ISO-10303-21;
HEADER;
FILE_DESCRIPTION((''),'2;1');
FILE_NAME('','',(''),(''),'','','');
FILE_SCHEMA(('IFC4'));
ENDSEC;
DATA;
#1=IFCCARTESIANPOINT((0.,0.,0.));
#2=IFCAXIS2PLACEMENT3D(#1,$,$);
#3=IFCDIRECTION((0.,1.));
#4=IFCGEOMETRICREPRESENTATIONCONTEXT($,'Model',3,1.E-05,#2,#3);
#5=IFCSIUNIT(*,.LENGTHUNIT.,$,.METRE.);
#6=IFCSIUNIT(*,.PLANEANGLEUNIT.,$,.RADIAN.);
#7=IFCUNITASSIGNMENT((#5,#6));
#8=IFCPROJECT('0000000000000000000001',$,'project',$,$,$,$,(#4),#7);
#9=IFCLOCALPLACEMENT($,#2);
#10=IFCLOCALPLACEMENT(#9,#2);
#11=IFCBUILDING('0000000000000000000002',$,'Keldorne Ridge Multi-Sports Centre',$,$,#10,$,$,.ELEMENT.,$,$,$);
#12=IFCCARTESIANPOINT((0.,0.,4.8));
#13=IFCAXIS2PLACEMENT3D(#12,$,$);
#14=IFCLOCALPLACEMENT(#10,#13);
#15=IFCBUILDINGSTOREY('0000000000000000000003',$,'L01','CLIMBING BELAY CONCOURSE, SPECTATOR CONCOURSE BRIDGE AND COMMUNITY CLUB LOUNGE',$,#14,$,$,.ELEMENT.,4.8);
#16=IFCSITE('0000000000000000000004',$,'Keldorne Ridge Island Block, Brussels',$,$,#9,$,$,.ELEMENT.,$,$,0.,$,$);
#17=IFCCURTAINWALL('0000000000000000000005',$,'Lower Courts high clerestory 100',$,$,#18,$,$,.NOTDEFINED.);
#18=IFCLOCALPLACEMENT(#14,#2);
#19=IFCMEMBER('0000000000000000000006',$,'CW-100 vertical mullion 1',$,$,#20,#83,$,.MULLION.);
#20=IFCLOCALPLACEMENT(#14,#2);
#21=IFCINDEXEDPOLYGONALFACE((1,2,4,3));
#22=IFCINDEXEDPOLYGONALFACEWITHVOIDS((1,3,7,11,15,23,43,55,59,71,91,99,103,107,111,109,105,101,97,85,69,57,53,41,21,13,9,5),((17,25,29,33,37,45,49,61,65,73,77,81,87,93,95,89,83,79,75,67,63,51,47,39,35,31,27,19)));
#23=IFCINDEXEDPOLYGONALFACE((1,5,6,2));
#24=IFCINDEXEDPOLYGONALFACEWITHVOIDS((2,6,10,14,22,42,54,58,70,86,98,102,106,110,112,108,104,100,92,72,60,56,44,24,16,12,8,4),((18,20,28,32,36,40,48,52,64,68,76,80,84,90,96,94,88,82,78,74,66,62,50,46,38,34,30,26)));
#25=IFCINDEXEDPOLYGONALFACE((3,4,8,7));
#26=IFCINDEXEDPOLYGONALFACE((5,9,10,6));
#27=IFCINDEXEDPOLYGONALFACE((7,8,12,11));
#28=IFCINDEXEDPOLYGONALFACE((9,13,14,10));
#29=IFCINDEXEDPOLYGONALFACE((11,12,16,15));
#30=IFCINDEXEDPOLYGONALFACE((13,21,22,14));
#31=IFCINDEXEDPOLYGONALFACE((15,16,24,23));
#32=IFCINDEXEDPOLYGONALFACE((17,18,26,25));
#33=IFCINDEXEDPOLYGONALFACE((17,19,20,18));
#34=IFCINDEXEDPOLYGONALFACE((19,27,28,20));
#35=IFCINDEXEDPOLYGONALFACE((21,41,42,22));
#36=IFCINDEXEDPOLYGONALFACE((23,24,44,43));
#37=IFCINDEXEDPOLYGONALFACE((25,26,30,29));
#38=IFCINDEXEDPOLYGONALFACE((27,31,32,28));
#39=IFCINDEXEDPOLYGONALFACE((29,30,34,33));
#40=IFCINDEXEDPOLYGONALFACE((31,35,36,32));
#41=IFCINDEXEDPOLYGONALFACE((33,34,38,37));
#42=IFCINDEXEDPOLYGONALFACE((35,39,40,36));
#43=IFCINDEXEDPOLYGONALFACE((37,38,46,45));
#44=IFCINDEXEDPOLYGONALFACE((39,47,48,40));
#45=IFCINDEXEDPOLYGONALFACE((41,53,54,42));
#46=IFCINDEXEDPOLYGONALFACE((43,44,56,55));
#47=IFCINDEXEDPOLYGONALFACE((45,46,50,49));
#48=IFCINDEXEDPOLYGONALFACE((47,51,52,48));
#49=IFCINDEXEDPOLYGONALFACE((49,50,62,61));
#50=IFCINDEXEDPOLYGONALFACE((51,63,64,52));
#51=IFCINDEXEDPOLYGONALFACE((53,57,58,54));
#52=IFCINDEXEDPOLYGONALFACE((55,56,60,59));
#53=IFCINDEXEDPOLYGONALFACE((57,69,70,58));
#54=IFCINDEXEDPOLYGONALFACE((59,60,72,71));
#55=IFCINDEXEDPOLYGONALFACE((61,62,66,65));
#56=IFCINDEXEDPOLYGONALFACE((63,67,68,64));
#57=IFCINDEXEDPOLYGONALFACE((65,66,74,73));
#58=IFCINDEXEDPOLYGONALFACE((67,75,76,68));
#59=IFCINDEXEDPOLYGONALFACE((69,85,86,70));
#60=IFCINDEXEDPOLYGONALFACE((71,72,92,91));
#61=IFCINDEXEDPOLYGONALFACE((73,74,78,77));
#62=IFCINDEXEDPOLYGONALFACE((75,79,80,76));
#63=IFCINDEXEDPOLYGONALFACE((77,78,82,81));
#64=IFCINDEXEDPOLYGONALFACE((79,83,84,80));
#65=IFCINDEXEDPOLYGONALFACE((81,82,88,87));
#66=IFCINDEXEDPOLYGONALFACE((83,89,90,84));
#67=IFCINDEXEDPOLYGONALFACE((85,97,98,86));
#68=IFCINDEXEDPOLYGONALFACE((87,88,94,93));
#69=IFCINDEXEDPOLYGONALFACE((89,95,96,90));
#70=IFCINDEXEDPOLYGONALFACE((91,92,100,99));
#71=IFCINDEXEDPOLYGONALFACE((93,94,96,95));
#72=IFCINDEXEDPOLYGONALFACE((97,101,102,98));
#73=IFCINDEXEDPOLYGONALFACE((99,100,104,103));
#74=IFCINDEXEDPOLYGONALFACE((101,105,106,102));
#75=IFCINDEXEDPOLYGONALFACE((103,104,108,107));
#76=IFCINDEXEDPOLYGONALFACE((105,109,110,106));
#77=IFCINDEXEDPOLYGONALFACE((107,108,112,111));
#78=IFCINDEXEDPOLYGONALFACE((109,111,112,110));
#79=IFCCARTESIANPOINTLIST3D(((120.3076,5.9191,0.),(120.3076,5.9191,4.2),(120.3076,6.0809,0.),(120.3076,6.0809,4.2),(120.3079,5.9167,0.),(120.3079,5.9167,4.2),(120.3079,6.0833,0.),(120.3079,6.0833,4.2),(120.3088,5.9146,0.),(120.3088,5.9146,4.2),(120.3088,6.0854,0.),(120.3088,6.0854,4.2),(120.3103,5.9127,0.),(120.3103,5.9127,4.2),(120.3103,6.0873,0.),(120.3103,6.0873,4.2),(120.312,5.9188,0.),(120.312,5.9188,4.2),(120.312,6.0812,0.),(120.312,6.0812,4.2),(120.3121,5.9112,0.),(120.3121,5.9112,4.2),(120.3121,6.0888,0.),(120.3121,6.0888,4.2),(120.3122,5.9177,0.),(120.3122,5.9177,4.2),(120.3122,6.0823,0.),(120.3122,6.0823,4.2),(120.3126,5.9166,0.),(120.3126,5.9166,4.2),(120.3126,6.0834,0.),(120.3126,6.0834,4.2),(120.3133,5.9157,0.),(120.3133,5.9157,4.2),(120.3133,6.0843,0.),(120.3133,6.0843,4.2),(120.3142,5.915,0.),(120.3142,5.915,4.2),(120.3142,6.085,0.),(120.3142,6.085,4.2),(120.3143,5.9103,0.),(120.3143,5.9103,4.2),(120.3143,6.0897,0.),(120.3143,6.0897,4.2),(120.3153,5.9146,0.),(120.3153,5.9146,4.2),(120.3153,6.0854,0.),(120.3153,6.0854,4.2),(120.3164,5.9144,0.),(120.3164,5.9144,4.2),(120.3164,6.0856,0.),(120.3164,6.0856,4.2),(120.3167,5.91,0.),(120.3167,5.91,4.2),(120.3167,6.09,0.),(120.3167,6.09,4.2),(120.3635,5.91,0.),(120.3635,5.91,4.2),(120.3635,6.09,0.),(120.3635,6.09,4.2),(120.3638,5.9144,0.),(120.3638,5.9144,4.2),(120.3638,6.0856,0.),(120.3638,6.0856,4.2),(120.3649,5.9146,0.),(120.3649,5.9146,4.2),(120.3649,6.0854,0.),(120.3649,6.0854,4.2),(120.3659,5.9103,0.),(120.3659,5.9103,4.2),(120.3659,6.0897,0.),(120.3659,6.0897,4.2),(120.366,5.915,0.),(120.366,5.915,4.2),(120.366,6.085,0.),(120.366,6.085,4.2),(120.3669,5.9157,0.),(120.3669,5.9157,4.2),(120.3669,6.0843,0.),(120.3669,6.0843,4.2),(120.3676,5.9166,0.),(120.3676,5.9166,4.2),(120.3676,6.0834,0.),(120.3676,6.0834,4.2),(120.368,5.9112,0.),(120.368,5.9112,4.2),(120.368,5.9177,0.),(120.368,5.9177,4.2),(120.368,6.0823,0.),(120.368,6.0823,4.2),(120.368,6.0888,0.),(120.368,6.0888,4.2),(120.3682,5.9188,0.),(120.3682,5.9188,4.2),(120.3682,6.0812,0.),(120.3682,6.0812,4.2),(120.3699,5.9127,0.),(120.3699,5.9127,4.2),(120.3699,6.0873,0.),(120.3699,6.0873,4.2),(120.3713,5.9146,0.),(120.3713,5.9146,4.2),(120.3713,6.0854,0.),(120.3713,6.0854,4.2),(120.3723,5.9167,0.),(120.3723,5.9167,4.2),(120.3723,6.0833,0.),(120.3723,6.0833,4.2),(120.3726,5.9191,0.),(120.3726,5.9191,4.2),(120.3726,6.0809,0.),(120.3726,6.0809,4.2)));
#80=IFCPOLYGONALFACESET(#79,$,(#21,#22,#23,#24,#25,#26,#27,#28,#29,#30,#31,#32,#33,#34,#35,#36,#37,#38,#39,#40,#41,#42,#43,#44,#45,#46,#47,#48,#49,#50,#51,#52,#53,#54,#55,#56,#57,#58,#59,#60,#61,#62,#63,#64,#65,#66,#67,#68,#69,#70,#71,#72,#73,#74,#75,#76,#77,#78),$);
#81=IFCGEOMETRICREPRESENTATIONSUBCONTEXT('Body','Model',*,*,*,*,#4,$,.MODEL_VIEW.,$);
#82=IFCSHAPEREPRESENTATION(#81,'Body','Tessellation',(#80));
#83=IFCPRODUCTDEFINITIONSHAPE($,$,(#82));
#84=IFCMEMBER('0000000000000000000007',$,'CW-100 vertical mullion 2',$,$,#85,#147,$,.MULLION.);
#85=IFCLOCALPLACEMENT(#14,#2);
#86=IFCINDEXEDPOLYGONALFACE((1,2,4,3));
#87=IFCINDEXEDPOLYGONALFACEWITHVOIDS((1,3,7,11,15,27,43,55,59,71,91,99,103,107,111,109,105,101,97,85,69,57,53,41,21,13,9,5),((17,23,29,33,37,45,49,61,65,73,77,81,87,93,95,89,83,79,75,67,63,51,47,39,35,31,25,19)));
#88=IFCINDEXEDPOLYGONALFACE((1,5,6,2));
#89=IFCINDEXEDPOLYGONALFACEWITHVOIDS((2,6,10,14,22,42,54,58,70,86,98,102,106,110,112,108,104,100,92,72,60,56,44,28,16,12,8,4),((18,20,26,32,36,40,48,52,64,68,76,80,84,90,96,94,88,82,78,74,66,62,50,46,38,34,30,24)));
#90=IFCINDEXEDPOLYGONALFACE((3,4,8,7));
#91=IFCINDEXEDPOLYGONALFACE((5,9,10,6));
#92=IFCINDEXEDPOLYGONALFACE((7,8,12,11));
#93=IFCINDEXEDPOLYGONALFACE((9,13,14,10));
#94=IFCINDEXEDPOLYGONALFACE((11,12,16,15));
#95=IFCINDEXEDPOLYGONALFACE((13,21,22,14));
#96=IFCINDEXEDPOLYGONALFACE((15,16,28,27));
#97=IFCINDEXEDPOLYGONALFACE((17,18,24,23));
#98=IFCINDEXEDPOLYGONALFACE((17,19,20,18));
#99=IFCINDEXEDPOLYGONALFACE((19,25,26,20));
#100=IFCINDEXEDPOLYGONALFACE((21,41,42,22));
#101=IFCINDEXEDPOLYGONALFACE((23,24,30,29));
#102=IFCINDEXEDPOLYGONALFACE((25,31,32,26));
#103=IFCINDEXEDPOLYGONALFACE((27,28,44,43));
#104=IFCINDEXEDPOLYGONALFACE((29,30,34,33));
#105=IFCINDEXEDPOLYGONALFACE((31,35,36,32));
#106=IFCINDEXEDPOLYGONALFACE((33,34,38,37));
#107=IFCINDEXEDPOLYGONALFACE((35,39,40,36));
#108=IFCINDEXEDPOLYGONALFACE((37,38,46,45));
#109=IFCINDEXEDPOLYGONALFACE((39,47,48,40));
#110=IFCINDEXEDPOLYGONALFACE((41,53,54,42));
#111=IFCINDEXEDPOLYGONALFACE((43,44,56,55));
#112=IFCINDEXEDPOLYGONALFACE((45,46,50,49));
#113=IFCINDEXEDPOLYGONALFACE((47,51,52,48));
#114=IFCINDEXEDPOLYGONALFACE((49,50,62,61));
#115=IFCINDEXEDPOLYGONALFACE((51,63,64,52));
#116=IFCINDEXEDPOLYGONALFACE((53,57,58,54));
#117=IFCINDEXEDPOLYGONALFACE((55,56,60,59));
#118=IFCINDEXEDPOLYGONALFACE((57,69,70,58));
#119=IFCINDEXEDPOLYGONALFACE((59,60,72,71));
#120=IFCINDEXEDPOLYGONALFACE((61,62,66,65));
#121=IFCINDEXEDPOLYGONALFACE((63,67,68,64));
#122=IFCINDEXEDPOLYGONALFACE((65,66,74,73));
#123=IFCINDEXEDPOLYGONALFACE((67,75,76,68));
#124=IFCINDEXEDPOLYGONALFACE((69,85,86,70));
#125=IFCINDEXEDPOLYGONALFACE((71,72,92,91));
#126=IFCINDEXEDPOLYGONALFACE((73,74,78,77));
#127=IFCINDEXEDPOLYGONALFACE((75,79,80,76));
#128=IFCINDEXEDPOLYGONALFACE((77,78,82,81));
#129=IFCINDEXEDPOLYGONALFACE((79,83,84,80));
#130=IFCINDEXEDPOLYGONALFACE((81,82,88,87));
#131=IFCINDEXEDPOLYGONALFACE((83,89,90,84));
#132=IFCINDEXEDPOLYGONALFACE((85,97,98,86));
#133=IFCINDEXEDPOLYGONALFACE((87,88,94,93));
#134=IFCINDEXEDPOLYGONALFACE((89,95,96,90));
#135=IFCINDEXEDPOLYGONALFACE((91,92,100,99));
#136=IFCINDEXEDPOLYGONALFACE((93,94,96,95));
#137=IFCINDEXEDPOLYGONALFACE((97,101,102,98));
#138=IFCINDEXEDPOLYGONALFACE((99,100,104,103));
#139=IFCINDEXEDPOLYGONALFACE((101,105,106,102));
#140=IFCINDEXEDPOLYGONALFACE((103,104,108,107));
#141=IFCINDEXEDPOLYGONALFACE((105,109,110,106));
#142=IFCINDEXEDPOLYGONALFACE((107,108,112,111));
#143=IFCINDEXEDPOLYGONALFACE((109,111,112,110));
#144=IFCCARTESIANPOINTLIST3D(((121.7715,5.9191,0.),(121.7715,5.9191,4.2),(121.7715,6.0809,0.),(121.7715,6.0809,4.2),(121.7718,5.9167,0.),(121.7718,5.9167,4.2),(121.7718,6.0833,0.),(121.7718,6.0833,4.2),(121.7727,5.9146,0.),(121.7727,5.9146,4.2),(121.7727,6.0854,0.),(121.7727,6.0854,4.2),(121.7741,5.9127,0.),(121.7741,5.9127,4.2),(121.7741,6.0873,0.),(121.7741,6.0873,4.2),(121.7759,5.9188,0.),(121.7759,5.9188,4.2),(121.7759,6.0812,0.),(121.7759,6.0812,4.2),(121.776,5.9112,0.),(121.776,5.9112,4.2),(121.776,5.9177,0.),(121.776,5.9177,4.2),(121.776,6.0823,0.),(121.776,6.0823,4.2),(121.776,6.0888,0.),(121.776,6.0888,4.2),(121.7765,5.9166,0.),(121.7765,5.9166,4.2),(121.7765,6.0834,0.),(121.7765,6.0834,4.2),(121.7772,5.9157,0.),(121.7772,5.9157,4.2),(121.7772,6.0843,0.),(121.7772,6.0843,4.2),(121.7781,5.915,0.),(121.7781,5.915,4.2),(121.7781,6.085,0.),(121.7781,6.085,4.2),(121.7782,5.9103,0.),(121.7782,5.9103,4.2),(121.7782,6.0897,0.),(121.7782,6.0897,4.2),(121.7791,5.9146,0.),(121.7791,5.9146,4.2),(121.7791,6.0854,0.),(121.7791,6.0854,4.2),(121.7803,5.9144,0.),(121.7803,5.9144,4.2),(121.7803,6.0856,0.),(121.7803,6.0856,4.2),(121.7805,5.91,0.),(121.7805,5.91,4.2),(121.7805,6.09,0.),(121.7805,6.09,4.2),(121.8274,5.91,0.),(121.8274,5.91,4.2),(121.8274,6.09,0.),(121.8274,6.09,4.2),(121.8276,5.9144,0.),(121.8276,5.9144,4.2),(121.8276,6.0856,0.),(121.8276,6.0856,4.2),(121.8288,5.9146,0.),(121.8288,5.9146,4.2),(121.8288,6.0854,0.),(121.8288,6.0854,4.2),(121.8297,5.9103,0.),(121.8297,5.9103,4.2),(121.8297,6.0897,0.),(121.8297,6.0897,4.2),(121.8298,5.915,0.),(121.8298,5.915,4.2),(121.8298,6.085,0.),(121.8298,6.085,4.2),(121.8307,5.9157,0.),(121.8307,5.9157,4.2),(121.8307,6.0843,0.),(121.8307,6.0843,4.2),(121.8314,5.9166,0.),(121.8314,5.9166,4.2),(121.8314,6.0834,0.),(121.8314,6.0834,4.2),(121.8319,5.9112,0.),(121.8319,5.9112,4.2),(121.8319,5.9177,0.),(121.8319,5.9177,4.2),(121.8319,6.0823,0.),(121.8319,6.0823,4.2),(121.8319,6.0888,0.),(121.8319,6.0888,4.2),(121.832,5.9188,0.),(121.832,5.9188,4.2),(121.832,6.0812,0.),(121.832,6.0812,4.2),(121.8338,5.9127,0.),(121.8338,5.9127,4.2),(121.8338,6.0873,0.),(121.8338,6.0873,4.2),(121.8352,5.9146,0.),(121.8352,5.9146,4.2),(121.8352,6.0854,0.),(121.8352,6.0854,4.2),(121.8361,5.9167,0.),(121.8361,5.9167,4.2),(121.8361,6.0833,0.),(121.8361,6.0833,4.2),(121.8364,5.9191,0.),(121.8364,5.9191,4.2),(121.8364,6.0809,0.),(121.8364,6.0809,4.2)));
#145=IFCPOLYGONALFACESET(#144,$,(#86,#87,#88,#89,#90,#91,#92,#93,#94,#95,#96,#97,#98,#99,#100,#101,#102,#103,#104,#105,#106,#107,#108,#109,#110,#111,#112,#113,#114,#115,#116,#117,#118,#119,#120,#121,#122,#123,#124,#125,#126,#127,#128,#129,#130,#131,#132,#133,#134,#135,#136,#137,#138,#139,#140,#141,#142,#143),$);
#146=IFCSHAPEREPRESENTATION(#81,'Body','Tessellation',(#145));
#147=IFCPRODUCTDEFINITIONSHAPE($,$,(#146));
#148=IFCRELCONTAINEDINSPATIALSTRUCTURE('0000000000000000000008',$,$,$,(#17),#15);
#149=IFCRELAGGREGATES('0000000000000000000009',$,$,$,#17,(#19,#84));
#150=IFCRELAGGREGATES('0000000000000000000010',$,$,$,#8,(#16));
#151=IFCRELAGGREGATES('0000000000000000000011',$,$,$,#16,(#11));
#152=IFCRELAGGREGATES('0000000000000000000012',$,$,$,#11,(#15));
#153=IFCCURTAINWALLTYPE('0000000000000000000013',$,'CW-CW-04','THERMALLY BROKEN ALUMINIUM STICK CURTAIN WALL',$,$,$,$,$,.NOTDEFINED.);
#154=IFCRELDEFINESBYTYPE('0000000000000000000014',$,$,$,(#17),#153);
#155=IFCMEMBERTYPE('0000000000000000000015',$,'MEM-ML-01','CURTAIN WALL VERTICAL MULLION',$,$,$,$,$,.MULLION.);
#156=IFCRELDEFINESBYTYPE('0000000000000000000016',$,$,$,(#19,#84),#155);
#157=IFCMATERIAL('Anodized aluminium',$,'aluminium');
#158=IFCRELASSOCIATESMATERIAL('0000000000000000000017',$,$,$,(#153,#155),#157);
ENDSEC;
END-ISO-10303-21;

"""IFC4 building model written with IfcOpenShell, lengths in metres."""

from ifc_helpers import new_model, si_unit, direction, frame, origin, origin_2d, place, context, subcontext, project, spatial, hollow_rectangle, extrude, material, material_profile, profile_set, type_object, element, aggregate, save


model = new_model("IFC4")

# Units and contexts
model_context = context("Model", 3, precision=1e-05, world=origin(), true_north=direction((0.0, 1.0)))
body_context = subcontext(model_context, "Body", "Model", "MODEL_VIEW")
ifc_project = project(units=[si_unit("LENGTHUNIT", "METRE"), si_unit("PLANEANGLEUNIT", "RADIAN")], contexts=[model_context])

# Site, building, storey
site_placement = place(None, origin())
site = spatial("IfcSite", under=ifc_project, at=site_placement, Name="Keldorne Ridge Island Block, Brussels", CompositionType="ELEMENT", RefElevation=0.0)
building_placement = place(site_placement, origin())
building = spatial("IfcBuilding", under=site, at=building_placement, Name="Keldorne Ridge Multi-Sports Centre", CompositionType="ELEMENT")
storey_placement = place(building_placement, frame((0.0, 0.0, 4.8)))
storey = spatial("IfcBuildingStorey", under=building, at=storey_placement, Name="L01", Description="CLIMBING BELAY CONCOURSE, SPECTATOR CONCOURSE BRIDGE AND COMMUNITY CLUB LOUNGE", CompositionType="ELEMENT", Elevation=4.8)

# Curtain wall, members
ifc_material_1 = material(Name="Anodized aluminium", Category="aluminium")
curtain_wall_type = type_object("IfcCurtainWallType", Name="CW-CW-04", Description="THERMALLY BROKEN ALUMINIUM STICK CURTAIN WALL", PredefinedType="NOTDEFINED", material=ifc_material_1)
curtain_wall_placement = place(storey_placement, origin())
curtain_wall = element("IfcCurtainWall", 1, at=curtain_wall_placement, inside=storey, type_object=curtain_wall_type, Name="Lower Courts high clerestory 100", PredefinedType="NOTDEFINED")
ifc_material_profile_1 = material_profile(ifc_material_1, hollow_rectangle(XDim=0.0649, YDim=0.1799, WallThickness=0.0044, InnerFilletRadius=0.0044, OuterFilletRadius=0.009, at=origin_2d()), Name="ALU MULLION 180x65x4.5")
ifc_profile_set_1 = profile_set([ifc_material_profile_1], Name="Anodized aluminium")
member_type_1 = type_object("IfcMemberType", Name="MEM-ML-01", Description="CURTAIN WALL VERTICAL MULLION", PredefinedType="MULLION", material=ifc_profile_set_1)
member_1_placement = place(storey_placement, frame((120.3401, 6.0, 0.0), z_axis=(0.0, 0.0, 1.0), x_axis=(1.0, 0.0, 0.0)))
member_1 = element("IfcMember", 2, at=member_1_placement, type_object=member_type_1, Name="CW-100 vertical mullion 1", PredefinedType="MULLION", context=body_context, shape_type="SweptSolid", body=[
    extrude(hollow_rectangle(XDim=0.0649, YDim=0.1799, WallThickness=0.0044, InnerFilletRadius=0.0044, OuterFilletRadius=0.009, at=origin_2d()), origin(), (0.0, 0.0, 1.0), 4.2),
])
member_2_placement = place(storey_placement, frame((121.804, 6.0, 0.0), z_axis=(0.0, 0.0, 1.0), x_axis=(1.0, 0.0, 0.0)))
member_2 = element("IfcMember", 3, at=member_2_placement, type_object=member_type_1, Name="CW-100 vertical mullion 2", PredefinedType="MULLION", context=body_context, shape_type="SweptSolid", body=[
    extrude(hollow_rectangle(XDim=0.0649, YDim=0.1799, WallThickness=0.0044, InnerFilletRadius=0.0044, OuterFilletRadius=0.009, at=origin_2d()), origin(), (0.0, 0.0, 1.0), 4.2),
])

aggregate(curtain_wall, [member_1, member_2])

save(model, "model.ifc")
